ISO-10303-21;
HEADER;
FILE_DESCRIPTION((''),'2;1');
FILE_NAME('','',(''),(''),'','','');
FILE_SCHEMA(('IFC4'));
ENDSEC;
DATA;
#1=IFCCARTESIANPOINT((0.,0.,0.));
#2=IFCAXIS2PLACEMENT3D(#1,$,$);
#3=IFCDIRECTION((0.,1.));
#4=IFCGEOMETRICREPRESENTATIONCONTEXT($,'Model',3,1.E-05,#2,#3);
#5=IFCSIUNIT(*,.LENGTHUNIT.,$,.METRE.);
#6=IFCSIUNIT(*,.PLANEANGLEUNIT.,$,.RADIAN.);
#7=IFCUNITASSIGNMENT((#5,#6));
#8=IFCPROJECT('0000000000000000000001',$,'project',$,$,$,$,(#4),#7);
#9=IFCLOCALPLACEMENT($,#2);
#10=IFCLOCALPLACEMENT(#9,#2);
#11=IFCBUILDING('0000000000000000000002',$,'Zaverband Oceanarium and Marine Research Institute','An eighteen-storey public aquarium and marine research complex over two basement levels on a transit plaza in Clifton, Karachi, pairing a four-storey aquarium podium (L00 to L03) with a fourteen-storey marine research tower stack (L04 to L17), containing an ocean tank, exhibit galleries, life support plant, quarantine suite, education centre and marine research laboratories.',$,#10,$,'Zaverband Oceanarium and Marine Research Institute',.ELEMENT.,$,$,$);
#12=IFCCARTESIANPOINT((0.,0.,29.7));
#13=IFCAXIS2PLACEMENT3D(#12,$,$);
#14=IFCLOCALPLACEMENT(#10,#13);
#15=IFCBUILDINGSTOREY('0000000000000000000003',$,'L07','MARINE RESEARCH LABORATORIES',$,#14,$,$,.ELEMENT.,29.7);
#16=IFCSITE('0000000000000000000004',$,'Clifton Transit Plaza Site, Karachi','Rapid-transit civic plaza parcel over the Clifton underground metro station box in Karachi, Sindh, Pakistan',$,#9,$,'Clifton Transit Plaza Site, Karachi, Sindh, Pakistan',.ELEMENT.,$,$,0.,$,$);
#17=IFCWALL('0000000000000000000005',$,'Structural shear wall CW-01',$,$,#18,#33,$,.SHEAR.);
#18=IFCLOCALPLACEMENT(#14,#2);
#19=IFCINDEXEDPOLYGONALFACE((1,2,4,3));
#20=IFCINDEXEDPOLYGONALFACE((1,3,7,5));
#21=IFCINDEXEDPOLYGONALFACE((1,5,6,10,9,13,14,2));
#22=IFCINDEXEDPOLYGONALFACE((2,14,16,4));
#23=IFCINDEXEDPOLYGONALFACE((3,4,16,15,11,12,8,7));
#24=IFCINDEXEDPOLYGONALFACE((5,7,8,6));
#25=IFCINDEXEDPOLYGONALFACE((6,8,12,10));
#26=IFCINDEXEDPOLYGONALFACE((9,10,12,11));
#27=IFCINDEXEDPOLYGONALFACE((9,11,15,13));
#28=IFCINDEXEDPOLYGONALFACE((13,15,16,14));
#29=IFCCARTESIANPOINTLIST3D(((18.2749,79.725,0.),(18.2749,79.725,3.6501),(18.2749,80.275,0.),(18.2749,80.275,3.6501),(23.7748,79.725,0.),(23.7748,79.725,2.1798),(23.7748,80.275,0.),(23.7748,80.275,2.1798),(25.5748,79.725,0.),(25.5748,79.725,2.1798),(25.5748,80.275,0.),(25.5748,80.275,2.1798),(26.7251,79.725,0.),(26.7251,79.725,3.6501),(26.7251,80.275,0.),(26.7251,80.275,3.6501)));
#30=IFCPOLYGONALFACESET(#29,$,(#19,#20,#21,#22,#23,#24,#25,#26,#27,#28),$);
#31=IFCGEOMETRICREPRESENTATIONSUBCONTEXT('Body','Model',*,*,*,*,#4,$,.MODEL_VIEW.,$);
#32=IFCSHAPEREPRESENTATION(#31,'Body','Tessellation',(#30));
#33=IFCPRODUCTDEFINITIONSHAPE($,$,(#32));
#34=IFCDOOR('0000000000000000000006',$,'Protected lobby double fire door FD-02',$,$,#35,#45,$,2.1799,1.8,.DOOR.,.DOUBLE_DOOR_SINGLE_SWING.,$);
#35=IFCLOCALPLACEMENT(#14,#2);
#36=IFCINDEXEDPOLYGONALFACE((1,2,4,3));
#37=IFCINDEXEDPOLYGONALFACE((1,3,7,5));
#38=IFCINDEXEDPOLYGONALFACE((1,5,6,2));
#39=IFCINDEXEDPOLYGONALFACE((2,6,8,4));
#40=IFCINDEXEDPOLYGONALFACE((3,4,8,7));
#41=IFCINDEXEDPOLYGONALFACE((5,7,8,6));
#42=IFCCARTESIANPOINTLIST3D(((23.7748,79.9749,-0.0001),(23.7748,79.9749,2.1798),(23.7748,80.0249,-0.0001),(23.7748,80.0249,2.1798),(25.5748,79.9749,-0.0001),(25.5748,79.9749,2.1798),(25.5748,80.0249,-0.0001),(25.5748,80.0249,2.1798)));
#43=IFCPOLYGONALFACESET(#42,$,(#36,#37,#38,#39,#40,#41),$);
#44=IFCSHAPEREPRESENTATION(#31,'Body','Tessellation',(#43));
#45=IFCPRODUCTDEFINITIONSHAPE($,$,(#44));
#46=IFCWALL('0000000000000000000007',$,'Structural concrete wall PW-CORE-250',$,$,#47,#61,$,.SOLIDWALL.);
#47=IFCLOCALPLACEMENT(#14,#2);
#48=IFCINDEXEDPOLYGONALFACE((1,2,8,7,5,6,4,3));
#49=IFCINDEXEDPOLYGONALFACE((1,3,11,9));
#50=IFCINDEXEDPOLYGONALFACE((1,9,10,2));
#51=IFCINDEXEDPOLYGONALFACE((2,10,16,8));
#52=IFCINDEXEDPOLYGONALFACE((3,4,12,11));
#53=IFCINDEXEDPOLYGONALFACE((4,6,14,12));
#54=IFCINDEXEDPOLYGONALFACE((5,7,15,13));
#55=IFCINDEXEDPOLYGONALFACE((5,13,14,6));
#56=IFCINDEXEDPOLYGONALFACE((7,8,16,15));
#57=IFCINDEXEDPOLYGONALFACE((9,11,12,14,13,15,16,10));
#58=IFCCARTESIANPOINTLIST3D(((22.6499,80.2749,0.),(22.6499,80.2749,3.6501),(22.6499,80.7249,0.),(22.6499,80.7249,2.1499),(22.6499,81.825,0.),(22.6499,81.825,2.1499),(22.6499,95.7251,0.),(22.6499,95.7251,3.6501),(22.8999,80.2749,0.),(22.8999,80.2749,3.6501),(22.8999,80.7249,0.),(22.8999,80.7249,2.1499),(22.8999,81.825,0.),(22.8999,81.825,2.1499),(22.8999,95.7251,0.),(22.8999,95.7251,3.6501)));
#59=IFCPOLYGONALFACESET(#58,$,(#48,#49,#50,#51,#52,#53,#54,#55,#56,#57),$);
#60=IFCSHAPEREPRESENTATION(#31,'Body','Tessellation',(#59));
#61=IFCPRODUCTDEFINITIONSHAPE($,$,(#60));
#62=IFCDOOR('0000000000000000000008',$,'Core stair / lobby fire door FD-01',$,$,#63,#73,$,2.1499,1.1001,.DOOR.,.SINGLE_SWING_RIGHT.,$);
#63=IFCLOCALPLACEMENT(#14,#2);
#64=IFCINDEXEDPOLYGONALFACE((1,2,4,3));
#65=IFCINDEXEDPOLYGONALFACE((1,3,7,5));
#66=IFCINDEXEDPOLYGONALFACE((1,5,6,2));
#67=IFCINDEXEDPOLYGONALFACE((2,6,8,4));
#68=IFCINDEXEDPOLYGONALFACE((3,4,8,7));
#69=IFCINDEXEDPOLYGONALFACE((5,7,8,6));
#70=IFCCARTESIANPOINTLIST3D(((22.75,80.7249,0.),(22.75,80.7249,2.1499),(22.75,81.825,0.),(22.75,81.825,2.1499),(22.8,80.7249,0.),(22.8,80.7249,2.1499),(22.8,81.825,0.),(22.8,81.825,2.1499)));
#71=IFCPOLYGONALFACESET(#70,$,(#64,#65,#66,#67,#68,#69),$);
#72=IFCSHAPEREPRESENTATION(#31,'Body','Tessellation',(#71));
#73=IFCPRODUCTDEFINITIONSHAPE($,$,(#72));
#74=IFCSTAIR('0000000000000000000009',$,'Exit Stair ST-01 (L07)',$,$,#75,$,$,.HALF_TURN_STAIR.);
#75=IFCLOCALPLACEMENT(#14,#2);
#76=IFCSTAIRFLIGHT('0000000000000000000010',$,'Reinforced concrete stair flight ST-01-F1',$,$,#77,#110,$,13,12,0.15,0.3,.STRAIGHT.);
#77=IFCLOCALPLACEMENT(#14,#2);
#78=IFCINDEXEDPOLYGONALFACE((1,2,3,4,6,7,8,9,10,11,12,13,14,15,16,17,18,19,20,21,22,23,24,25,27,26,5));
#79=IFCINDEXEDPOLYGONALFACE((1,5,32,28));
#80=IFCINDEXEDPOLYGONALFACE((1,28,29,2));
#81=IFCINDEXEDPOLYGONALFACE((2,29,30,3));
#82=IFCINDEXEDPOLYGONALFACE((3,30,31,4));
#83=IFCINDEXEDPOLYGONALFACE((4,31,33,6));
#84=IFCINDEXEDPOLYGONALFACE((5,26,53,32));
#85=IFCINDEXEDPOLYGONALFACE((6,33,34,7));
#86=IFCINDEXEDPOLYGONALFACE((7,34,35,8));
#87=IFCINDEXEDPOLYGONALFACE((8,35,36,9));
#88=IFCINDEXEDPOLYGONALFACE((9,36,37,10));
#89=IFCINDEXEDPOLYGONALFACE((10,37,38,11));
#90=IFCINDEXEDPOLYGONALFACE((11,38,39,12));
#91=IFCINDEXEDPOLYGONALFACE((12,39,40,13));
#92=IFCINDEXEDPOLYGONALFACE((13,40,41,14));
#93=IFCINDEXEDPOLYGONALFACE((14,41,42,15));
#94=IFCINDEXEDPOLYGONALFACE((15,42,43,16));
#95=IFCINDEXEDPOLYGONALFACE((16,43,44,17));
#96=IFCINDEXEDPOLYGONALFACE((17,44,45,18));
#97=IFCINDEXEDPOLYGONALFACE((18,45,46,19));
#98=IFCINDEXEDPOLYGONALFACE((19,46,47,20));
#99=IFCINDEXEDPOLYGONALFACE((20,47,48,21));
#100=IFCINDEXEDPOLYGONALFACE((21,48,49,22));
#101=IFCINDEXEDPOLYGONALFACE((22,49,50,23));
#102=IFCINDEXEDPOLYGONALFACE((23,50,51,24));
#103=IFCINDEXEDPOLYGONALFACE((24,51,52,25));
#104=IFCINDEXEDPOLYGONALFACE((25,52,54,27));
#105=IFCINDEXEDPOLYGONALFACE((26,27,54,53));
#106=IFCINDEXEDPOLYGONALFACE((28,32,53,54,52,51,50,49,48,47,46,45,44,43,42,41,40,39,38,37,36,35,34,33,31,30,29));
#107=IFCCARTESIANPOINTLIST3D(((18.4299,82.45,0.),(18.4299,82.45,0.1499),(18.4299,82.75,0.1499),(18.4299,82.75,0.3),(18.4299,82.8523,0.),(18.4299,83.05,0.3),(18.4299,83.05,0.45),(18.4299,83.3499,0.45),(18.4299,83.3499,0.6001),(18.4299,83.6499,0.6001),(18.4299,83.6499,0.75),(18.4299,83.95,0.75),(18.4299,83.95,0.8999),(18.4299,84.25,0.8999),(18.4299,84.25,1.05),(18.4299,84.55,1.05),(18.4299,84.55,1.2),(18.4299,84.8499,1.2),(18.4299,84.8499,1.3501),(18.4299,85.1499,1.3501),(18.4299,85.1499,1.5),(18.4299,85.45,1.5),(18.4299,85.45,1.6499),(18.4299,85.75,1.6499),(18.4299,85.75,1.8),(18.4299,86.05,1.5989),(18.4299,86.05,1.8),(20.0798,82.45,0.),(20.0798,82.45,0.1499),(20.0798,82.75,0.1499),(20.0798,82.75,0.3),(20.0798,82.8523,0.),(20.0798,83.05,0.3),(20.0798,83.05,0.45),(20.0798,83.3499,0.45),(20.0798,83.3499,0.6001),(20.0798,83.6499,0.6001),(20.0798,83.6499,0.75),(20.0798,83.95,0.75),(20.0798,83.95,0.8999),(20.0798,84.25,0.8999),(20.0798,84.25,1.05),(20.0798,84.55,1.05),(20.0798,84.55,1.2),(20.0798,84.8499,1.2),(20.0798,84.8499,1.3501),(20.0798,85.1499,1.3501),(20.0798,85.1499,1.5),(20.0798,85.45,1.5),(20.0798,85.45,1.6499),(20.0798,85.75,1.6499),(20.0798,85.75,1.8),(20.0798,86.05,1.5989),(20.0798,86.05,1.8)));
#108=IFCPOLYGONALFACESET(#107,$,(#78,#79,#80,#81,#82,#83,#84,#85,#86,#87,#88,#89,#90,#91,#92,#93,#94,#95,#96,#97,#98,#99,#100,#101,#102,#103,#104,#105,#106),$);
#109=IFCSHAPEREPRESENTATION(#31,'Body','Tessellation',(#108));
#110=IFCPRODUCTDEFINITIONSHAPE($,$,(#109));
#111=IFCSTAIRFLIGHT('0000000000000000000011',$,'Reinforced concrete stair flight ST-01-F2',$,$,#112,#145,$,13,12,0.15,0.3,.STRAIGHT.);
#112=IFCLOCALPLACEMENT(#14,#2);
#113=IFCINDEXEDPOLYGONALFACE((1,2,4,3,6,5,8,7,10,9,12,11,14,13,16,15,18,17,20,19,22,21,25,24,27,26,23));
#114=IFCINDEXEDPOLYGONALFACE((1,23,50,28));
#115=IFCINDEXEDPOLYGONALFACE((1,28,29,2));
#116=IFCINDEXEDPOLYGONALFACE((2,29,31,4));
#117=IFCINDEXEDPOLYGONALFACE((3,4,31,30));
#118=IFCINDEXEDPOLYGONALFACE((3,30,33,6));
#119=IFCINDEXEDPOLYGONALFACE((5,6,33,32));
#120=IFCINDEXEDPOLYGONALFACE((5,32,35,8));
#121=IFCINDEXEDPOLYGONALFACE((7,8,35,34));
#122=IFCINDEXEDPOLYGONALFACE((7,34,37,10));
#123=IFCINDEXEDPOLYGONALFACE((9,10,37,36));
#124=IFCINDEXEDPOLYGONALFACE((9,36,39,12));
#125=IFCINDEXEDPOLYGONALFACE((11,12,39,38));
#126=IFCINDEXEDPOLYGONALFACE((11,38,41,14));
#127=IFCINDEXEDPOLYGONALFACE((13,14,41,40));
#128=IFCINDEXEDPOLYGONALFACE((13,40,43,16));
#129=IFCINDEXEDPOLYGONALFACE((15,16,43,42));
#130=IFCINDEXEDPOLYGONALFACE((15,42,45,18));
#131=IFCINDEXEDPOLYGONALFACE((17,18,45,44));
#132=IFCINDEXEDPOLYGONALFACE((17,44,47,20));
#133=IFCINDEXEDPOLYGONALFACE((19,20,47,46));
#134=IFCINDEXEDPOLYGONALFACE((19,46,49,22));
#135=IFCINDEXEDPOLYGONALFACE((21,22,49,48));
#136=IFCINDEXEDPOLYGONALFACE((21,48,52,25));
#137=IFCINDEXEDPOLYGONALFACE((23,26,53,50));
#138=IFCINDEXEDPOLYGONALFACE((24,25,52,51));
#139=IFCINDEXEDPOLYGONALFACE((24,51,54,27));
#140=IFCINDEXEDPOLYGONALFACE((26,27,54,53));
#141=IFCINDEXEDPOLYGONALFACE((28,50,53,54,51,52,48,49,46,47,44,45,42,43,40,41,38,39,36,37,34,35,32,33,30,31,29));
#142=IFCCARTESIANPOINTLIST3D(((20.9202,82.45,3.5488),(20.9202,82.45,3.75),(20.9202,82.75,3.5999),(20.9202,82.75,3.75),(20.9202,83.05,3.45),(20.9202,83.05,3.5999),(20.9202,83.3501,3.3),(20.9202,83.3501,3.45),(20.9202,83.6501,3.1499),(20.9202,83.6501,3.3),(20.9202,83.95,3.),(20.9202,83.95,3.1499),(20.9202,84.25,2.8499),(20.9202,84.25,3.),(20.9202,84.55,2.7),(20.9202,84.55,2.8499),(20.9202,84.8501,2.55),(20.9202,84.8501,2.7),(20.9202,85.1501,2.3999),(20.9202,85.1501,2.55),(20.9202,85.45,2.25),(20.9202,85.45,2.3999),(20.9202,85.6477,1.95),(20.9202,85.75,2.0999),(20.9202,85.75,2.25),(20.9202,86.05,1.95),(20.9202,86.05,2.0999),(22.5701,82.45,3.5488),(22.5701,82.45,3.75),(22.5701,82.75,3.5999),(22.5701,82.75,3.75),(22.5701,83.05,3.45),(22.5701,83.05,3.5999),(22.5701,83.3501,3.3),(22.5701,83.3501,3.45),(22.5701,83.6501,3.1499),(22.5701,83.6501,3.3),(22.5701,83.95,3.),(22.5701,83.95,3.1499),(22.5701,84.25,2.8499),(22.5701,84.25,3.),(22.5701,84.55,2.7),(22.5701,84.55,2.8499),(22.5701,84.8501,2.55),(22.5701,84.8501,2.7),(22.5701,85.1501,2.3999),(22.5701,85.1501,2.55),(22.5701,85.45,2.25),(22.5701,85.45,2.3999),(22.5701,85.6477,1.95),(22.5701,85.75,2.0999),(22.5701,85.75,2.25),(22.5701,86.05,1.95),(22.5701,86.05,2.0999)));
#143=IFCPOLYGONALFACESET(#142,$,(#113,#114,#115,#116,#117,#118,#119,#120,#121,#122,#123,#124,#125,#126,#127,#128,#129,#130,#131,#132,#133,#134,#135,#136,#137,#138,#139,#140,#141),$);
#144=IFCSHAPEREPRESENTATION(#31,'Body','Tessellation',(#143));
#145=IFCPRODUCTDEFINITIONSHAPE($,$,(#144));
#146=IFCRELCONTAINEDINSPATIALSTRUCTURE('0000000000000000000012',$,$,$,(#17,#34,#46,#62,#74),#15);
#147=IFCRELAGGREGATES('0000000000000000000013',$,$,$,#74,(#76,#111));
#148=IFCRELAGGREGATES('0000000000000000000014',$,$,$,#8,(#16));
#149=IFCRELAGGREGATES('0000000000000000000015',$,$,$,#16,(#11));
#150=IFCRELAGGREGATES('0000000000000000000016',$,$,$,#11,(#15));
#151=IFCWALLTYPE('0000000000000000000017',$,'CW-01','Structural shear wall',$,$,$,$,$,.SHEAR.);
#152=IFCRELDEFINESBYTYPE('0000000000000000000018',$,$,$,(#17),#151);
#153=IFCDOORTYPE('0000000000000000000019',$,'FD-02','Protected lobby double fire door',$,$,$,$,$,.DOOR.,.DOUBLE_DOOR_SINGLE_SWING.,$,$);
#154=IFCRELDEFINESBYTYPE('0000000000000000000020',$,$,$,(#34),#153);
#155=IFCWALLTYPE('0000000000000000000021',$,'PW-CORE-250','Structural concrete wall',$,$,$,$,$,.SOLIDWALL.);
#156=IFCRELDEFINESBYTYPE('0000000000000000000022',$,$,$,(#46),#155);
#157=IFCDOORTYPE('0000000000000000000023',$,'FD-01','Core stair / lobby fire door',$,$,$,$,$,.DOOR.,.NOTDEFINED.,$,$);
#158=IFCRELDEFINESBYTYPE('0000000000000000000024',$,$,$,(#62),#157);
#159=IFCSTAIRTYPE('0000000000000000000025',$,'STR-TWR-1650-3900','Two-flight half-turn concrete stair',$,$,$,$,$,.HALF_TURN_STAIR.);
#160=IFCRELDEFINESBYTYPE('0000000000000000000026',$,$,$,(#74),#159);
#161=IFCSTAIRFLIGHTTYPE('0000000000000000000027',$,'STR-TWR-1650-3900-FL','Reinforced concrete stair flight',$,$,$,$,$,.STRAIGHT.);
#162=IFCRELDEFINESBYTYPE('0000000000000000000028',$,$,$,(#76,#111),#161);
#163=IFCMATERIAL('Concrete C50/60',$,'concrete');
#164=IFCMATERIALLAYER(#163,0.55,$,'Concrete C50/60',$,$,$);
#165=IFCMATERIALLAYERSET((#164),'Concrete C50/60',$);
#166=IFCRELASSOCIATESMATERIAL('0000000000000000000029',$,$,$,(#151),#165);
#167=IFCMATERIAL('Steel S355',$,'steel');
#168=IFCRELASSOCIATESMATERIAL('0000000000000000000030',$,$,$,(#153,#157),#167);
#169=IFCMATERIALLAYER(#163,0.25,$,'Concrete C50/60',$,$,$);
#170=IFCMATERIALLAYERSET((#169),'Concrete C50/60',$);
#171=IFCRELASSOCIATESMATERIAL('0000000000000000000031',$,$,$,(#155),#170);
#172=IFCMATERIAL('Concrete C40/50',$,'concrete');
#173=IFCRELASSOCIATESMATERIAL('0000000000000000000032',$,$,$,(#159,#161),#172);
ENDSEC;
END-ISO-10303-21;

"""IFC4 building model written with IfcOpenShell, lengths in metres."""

from ifc_helpers import new_model, si_unit, direction, frame, frame_2d, origin, place, context, subcontext, project, spatial, polyline, rectangle, outline, extrude, material, layer, layer_set, type_object, element, fill, aggregate, save


model = new_model("IFC4")

# Units and contexts
model_context = context("Model", 3, precision=1e-05, world=origin(), true_north=direction((0.0, 1.0)))
body_context = subcontext(model_context, "Body", "Model", "MODEL_VIEW")
ifc_project = project(units=[si_unit("LENGTHUNIT", "METRE"), si_unit("PLANEANGLEUNIT", "RADIAN")], contexts=[model_context])

# Site, building, storey
site_placement = place(None, origin())
site = spatial("IfcSite", under=ifc_project, at=site_placement, Name="Clifton Transit Plaza Site, Karachi", Description="Rapid-transit civic plaza parcel over the Clifton underground metro station box in Karachi, Sindh, Pakistan", LongName="Clifton Transit Plaza Site, Karachi, Sindh, Pakistan", CompositionType="ELEMENT", RefElevation=0.0)
building_placement = place(site_placement, origin())
building = spatial("IfcBuilding", under=site, at=building_placement, Name="Zaverband Oceanarium and Marine Research Institute", Description="An eighteen-storey public aquarium and marine research complex over two basement levels on a transit plaza in Clifton, Karachi, pairing a four-storey aquarium podium (L00 to L03) with a fourteen-storey marine research tower stack (L04 to L17), containing an ocean tank, exhibit galleries, life support plant, quarantine suite, education centre and marine research laboratories.", LongName="Zaverband Oceanarium and Marine Research Institute", CompositionType="ELEMENT")
storey_placement = place(building_placement, frame((0.0, 0.0, 29.7)))
storey = spatial("IfcBuildingStorey", under=building, at=storey_placement, Name="L07", Description="MARINE RESEARCH LABORATORIES", CompositionType="ELEMENT", Elevation=29.7)

# Shared definitions
ifc_material_1 = material(Name="Concrete C50/60", Category="concrete")

# Shared definitions
ifc_material_2 = material(Name="Concrete C40/50", Category="concrete")

# Wall, opening, door
ifc_layer_1 = layer(ifc_material_1, 0.55, Name="Concrete C50/60")
ifc_layer_set_1 = layer_set([ifc_layer_1], Name="Concrete C50/60")
wall_type_1 = type_object("IfcWallType", Name="CW-01", Description="Structural shear wall", PredefinedType="SHEAR", material=ifc_layer_set_1)
wall_1_placement = place(storey_placement, frame((18.2749, 80.0, 0.0), z_axis=(0.0, 0.0, 1.0), x_axis=(1.0, 0.0, 0.0)))
wall_1 = element("IfcWall", 1, at=wall_1_placement, inside=storey, type_object=wall_type_1, Name="Structural shear wall CW-01", PredefinedType="SHEAR", context=body_context, shape_type="SweptSolid", body=[
    extrude(rectangle(XDim=8.4502, YDim=0.55, at=frame_2d((4.2251, 0.0))), origin(), (0.0, 0.0, 1.0), 3.6501),
])
opening_1_placement = place(wall_1_placement, frame((5.5, 0.0, 0.0)))
opening_1 = element("IfcOpeningElement", 2, at=opening_1_placement, cuts=wall_1, PredefinedType="OPENING", context=body_context, shape_type="SweptSolid", body=[
    extrude(rectangle(XDim=1.8, YDim=2.1799, at=frame_2d((0.8999, 1.0898))), frame((0.0, 0.2871, 0.0), z_axis=(0.0, -1.0, 0.0), x_axis=(1.0, 0.0, 0.0)), (0.0, 0.0, 1.0), 0.574),
])
ifc_material_3 = material(Name="Steel S355", Category="steel")
door_type_1 = type_object("IfcDoorType", Name="FD-02", Description="Protected lobby double fire door", OperationType="DOUBLE_DOOR_SINGLE_SWING", PredefinedType="DOOR", material=ifc_material_3)
door_1_placement = place(opening_1_placement, origin())
door_1 = element("IfcDoor", 3, at=door_1_placement, inside=storey, type_object=door_type_1, Name="Protected lobby double fire door FD-02", OperationType="DOUBLE_DOOR_SINGLE_SWING", OverallHeight=2.1799, OverallWidth=1.8, PredefinedType="DOOR", context=body_context, shape_type="SweptSolid", body=[
    extrude(rectangle(XDim=1.8, YDim=2.1799, at=frame_2d((0.8999, 1.0898))), frame((0.0, 0.0249, 0.0), z_axis=(0.0, -1.0, 0.0), x_axis=(1.0, 0.0, 0.0)), (0.0, 0.0, 1.0), 0.05),
])
fill(opening_1, door_1)

# Wall, opening, door
ifc_layer_2 = layer(ifc_material_1, 0.25, Name="Concrete C50/60")
ifc_layer_set_2 = layer_set([ifc_layer_2], Name="Concrete C50/60")
wall_type_2 = type_object("IfcWallType", Name="PW-CORE-250", Description="Structural concrete wall", PredefinedType="SOLIDWALL", material=ifc_layer_set_2)
wall_2_placement = place(storey_placement, frame((22.7749, 80.2749, 0.0), z_axis=(0.0, 0.0, 1.0), x_axis=(0.0, 1.0, 0.0)))
wall_2 = element("IfcWall", 4, at=wall_2_placement, inside=storey, type_object=wall_type_2, Name="Structural concrete wall PW-CORE-250", PredefinedType="SOLIDWALL", context=body_context, shape_type="SweptSolid", body=[
    extrude(rectangle(XDim=15.4502, YDim=0.25, at=frame_2d((7.7251, 0.0))), origin(), (0.0, 0.0, 1.0), 3.6501),
])
opening_2_placement = place(wall_2_placement, frame((0.45, 0.0, 0.0)))
opening_2 = element("IfcOpeningElement", 5, at=opening_2_placement, cuts=wall_2, PredefinedType="OPENING", context=body_context, shape_type="SweptSolid", body=[
    extrude(rectangle(XDim=1.1001, YDim=2.1499, at=frame_2d((0.55, 1.075))), frame((0.0, 0.137, 0.0), z_axis=(0.0, -1.0, 0.0), x_axis=(1.0, 0.0, 0.0)), (0.0, 0.0, 1.0), 0.2739),
])
door_type_2 = type_object("IfcDoorType", Name="FD-01", Description="Core stair / lobby fire door", OperationType="NOTDEFINED", PredefinedType="DOOR", material=ifc_material_3)
door_2_placement = place(opening_2_placement, origin())
door_2 = element("IfcDoor", 6, at=door_2_placement, inside=storey, type_object=door_type_2, Name="Core stair / lobby fire door FD-01", OperationType="SINGLE_SWING_RIGHT", OverallHeight=2.1499, OverallWidth=1.1001, PredefinedType="DOOR", context=body_context, shape_type="SweptSolid", body=[
    extrude(rectangle(XDim=1.1001, YDim=2.1499, at=frame_2d((0.55, 1.075))), frame((0.0, 0.0249, 0.0), z_axis=(0.0, -1.0, 0.0), x_axis=(1.0, 0.0, 0.0)), (0.0, 0.0, 1.0), 0.05),
])
fill(opening_2, door_2)

# Stair, stair flights
stair_type = type_object("IfcStairType", Name="STR-TWR-1650-3900", Description="Two-flight half-turn concrete stair", PredefinedType="HALF_TURN_STAIR", material=ifc_material_2)
stair_placement = place(storey_placement, origin())
stair = element("IfcStair", 7, at=stair_placement, inside=storey, type_object=stair_type, Name="Exit Stair ST-01 (L07)", PredefinedType="HALF_TURN_STAIR")
stair_flight_type = type_object("IfcStairFlightType", Name="STR-TWR-1650-3900-FL", Description="Reinforced concrete stair flight", PredefinedType="STRAIGHT", material=ifc_material_2)
stair_flight_1_placement = place(storey_placement, frame((19.2549, 82.45, 0.0), z_axis=(0.0, 0.0, 1.0), x_axis=(0.0, 1.0, 0.0)))
stair_flight_1 = element("IfcStairFlight", 8, at=stair_flight_1_placement, type_object=stair_flight_type, Name="Reinforced concrete stair flight ST-01-F1", NumberOfRisers=13, NumberOfTreads=12, PredefinedType="STRAIGHT", RiserHeight=0.15, TreadLength=0.3, context=body_context, shape_type="SweptSolid", body=[
    extrude(outline(polyline([(0.0, 0.0), (0.0, 0.1499), (0.3, 0.1499), (0.3, 0.3), (0.6001, 0.3), (0.6001, 0.45), (0.8999, 0.45), (0.8999, 0.6001), (1.2, 0.6001), (1.2, 0.75), (1.5, 0.75), (1.5, 0.8999), (1.8, 0.8999), (1.8, 1.05), (2.1001, 1.05), (2.1001, 1.2), (2.3999, 1.2), (2.3999, 1.3501), (2.7, 1.3501), (2.7, 1.5), (3.0, 1.5), (3.0, 1.6499), (3.3, 1.6499), (3.3, 1.8), (3.6001, 1.8), (3.6001, 1.95), (3.6001, 1.5989), (0.4023, 0.0), (0.0, 0.0)])), frame((0.0, 0.825, 0.0), z_axis=(0.0, -1.0, 0.0), x_axis=(1.0, 0.0, 0.0)), (0.0, 0.0, 1.0), 1.6499),
])
stair_flight_2_placement = place(storey_placement, frame((21.7451, 86.05, 1.95), z_axis=(0.0, 0.0, 1.0), x_axis=(0.0, -1.0, 0.0)))
stair_flight_2 = element("IfcStairFlight", 9, at=stair_flight_2_placement, type_object=stair_flight_type, Name="Reinforced concrete stair flight ST-01-F2", NumberOfRisers=13, NumberOfTreads=12, PredefinedType="STRAIGHT", RiserHeight=0.15, TreadLength=0.3, context=body_context, shape_type="SweptSolid", body=[
    extrude(outline(polyline([(0.0, 0.0), (0.0, 0.1499), (0.3, 0.1499), (0.3, 0.3), (0.6001, 0.3), (0.6001, 0.45), (0.8999, 0.45), (0.8999, 0.6001), (1.2, 0.6001), (1.2, 0.75), (1.5, 0.75), (1.5, 0.8999), (1.8, 0.8999), (1.8, 1.05), (2.1001, 1.05), (2.1001, 1.2), (2.3999, 1.2), (2.3999, 1.3501), (2.7, 1.3501), (2.7, 1.5), (3.0, 1.5), (3.0, 1.6499), (3.3, 1.6499), (3.3, 1.8), (3.6001, 1.8), (3.6001, 1.95), (3.6001, 1.5989), (0.4023, 0.0), (0.0, 0.0)])), frame((0.0, 0.825, 0.0), z_axis=(0.0, -1.0, 0.0), x_axis=(1.0, 0.0, 0.0)), (0.0, 0.0, 1.0), 1.6499),
])
aggregate(stair, [stair_flight_1, stair_flight_2])

save(model, "model.ifc")
